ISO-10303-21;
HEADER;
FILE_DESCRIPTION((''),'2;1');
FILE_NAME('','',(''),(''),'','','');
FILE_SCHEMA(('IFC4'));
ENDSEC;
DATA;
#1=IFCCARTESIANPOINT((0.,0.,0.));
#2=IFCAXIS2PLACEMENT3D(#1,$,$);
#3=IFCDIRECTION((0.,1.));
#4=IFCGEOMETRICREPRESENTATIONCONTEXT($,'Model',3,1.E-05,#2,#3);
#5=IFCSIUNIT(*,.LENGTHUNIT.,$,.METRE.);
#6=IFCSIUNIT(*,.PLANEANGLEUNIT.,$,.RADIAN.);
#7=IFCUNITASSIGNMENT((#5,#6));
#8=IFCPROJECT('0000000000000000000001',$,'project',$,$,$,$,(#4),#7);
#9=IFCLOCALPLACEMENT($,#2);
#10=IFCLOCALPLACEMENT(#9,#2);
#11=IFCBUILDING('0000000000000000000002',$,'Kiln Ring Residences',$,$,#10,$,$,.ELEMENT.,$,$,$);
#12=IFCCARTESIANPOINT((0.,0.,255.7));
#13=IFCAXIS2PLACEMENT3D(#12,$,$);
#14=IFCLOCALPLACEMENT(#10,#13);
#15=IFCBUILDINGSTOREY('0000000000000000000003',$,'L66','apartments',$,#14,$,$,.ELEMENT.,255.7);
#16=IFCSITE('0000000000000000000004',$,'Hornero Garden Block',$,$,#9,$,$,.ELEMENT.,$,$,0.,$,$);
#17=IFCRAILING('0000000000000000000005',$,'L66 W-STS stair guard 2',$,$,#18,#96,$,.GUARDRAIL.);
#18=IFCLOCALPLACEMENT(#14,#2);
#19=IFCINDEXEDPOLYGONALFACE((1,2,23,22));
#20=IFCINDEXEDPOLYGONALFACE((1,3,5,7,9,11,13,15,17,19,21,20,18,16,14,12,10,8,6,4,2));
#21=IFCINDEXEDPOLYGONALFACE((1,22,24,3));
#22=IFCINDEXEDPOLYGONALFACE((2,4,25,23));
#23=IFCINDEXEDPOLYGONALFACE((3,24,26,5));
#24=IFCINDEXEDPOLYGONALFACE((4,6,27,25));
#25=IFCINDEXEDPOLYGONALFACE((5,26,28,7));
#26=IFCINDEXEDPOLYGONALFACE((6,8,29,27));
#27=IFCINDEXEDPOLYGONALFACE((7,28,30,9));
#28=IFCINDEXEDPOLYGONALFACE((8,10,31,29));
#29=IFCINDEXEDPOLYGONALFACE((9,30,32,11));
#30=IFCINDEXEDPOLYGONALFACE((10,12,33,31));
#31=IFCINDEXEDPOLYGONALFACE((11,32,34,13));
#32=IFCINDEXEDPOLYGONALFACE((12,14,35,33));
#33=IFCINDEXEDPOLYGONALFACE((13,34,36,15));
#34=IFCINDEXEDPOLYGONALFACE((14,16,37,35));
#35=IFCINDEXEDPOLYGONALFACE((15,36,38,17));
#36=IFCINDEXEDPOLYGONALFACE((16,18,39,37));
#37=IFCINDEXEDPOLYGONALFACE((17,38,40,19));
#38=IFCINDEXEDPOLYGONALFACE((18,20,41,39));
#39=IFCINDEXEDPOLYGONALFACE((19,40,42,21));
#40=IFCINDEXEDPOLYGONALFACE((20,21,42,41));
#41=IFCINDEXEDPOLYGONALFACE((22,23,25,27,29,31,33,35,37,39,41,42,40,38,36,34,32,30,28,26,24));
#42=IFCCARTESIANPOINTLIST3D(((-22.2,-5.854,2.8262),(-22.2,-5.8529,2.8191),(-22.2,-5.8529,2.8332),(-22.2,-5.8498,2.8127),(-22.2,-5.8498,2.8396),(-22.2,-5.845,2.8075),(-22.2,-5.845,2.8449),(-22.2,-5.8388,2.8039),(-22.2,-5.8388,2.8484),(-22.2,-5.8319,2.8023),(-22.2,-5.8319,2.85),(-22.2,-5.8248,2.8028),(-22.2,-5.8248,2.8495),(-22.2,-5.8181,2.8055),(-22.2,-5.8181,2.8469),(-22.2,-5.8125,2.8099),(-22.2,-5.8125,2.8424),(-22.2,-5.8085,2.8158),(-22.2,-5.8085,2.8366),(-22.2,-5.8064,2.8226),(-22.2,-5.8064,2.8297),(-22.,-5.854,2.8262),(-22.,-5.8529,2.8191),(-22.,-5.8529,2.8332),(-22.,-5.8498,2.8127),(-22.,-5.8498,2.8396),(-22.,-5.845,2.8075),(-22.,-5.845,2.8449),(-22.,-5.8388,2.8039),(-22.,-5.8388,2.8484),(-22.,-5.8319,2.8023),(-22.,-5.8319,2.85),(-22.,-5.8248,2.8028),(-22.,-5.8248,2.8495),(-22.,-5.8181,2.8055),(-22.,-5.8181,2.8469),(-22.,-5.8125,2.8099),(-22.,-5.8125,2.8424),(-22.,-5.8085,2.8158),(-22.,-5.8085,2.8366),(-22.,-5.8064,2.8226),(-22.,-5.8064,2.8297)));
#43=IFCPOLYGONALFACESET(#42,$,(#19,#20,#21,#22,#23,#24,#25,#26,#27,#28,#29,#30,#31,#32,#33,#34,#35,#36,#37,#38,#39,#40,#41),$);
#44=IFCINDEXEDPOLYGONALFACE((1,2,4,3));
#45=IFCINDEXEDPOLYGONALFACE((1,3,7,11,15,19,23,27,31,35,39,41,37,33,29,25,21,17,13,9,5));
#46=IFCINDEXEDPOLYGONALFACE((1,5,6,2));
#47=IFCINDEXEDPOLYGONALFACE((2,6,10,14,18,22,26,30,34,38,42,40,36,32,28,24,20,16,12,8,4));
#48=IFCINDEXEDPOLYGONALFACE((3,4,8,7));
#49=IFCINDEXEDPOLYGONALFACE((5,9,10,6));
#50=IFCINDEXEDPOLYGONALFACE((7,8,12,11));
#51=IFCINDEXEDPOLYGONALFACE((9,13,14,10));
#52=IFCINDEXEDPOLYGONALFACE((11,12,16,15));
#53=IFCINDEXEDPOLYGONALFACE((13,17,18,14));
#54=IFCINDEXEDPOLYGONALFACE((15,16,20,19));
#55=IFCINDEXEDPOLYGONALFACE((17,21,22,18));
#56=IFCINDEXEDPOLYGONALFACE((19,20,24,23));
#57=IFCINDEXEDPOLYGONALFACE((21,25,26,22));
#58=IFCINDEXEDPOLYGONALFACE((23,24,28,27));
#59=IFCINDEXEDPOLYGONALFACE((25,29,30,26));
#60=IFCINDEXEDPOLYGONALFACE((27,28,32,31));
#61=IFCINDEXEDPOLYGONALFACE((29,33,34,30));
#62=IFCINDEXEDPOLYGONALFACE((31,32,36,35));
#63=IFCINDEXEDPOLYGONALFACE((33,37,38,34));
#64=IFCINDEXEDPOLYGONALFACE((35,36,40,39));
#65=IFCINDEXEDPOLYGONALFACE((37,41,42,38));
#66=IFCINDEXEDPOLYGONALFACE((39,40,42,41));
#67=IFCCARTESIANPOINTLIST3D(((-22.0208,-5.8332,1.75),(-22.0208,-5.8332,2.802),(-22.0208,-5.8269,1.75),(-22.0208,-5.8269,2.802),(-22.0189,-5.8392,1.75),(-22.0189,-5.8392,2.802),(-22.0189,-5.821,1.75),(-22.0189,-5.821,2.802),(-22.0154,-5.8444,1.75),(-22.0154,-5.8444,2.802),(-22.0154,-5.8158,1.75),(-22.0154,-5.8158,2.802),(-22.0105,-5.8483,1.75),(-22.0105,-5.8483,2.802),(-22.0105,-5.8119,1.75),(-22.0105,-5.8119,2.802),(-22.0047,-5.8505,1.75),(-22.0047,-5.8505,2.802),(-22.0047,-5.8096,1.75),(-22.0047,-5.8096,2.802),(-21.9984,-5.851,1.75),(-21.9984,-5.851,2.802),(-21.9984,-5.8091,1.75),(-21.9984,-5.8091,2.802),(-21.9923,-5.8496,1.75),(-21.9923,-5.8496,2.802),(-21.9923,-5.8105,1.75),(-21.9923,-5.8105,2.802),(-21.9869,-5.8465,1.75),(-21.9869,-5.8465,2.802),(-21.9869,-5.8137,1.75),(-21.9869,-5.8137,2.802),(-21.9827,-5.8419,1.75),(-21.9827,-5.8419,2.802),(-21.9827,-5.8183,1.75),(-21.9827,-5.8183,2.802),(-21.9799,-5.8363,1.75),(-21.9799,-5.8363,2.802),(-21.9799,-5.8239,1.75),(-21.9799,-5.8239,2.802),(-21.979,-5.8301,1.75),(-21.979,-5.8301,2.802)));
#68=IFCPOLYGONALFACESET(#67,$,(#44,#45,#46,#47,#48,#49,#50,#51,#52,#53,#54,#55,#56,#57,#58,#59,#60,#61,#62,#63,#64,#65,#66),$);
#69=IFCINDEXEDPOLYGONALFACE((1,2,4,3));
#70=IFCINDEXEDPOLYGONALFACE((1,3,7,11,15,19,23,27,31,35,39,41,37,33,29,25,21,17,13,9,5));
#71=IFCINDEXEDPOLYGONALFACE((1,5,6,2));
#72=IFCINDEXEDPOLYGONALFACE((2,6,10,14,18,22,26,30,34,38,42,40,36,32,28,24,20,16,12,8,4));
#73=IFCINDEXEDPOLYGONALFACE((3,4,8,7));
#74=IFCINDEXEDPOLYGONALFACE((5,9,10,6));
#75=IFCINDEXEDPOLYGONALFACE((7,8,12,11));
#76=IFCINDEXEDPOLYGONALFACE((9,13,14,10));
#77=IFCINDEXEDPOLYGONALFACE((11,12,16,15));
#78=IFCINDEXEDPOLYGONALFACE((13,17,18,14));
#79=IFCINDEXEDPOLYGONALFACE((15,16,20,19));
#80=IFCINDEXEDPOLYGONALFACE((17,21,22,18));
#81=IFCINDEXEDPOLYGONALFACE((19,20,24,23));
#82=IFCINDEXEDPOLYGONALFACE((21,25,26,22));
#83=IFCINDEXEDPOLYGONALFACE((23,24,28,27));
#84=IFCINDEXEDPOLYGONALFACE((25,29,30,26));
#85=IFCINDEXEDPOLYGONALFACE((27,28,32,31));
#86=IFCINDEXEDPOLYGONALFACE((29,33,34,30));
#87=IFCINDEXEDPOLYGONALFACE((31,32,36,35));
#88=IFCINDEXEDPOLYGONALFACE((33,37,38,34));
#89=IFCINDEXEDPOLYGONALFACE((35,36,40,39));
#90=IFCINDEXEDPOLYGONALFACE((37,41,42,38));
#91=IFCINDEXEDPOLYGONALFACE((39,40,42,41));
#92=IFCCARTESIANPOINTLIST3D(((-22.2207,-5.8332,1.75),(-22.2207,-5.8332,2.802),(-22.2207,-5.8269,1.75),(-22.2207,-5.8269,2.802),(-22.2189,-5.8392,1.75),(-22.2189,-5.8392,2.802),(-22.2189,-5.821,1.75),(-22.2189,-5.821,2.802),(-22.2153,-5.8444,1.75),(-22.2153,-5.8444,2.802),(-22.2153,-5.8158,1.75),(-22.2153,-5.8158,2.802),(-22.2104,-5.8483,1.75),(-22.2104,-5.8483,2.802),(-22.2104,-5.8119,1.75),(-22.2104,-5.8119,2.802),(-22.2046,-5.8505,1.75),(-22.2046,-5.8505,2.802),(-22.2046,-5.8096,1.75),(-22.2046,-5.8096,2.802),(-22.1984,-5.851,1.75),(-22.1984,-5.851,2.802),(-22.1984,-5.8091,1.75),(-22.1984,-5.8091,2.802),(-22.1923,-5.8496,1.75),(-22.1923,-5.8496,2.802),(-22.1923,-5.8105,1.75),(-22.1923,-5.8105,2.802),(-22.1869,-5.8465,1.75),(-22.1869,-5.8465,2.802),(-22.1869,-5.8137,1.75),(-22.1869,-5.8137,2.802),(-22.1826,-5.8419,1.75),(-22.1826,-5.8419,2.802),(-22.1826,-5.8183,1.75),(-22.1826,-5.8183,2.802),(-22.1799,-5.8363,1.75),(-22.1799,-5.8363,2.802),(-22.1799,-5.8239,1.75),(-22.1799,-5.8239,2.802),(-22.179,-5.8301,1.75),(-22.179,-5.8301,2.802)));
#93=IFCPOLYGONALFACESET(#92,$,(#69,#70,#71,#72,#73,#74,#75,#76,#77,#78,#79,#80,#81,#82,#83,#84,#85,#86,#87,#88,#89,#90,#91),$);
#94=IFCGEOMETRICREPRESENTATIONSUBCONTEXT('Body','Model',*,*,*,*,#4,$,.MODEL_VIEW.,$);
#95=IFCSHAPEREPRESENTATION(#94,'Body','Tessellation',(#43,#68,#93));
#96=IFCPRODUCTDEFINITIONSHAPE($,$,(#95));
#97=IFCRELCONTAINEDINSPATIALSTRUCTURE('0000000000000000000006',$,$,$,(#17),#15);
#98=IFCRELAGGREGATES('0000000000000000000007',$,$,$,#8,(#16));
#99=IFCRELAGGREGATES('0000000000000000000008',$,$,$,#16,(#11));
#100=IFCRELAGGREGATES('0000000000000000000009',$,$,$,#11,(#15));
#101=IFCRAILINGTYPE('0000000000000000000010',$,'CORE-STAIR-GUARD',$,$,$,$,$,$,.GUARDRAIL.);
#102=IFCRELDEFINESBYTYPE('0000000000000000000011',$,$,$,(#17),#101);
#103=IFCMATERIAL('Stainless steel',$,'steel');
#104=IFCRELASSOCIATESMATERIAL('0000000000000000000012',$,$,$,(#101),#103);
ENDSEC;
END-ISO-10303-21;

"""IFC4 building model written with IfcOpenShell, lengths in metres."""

from ifc_helpers import new_model, si_unit, direction, frame, origin, origin_2d, place, context, subcontext, project, spatial, circle, extrude, material, type_object, element, save


model = new_model("IFC4")

# Units and contexts
model_context = context("Model", 3, precision=1e-05, world=origin(), true_north=direction((0.0, 1.0)))
body_context = subcontext(model_context, "Body", "Model", "MODEL_VIEW")
ifc_project = project(units=[si_unit("LENGTHUNIT", "METRE"), si_unit("PLANEANGLEUNIT", "RADIAN")], contexts=[model_context])

# Site, building, storey
site_placement = place(None, origin())
site = spatial("IfcSite", under=ifc_project, at=site_placement, Name="Hornero Garden Block", CompositionType="ELEMENT", RefElevation=0.0)
building_placement = place(site_placement, origin())
building = spatial("IfcBuilding", under=site, at=building_placement, Name="Kiln Ring Residences", CompositionType="ELEMENT")
storey_placement = place(building_placement, frame((0.0, 0.0, 255.7)))
storey = spatial("IfcBuildingStorey", under=building, at=storey_placement, Name="L66", Description="apartments", CompositionType="ELEMENT", Elevation=255.7)

# Railing
ifc_material_1 = material(Name="Stainless steel", Category="steel")
railing_type_1 = type_object("IfcRailingType", Name="CORE-STAIR-GUARD", PredefinedType="GUARDRAIL", material=ifc_material_1)
railing_1_placement = place(storey_placement, frame((-22.0, -5.8301, 1.75)))
element("IfcRailing", 1, at=railing_1_placement, inside=storey, type_object=railing_type_1, Name="L66 W-STS stair guard 2", PredefinedType="GUARDRAIL", context=body_context, shape_type="SweptSolid", body=[
    extrude(circle(Radius=0.0239, at=origin_2d()), frame((0.0, 0.0, 1.0762), z_axis=(-1.0, 0.0, 0.0), x_axis=(0.0, -1.0, 0.0)), (0.0, 0.0, 1.0), 0.2),
    extrude(circle(Radius=0.021, at=origin_2d()), origin(), (0.0, 0.0, 1.0), 1.052),
    extrude(circle(Radius=0.021, at=origin_2d()), frame((-0.2, 0.0, 0.0)), (0.0, 0.0, 1.0), 1.052),
])

save(model, "model.ifc")
